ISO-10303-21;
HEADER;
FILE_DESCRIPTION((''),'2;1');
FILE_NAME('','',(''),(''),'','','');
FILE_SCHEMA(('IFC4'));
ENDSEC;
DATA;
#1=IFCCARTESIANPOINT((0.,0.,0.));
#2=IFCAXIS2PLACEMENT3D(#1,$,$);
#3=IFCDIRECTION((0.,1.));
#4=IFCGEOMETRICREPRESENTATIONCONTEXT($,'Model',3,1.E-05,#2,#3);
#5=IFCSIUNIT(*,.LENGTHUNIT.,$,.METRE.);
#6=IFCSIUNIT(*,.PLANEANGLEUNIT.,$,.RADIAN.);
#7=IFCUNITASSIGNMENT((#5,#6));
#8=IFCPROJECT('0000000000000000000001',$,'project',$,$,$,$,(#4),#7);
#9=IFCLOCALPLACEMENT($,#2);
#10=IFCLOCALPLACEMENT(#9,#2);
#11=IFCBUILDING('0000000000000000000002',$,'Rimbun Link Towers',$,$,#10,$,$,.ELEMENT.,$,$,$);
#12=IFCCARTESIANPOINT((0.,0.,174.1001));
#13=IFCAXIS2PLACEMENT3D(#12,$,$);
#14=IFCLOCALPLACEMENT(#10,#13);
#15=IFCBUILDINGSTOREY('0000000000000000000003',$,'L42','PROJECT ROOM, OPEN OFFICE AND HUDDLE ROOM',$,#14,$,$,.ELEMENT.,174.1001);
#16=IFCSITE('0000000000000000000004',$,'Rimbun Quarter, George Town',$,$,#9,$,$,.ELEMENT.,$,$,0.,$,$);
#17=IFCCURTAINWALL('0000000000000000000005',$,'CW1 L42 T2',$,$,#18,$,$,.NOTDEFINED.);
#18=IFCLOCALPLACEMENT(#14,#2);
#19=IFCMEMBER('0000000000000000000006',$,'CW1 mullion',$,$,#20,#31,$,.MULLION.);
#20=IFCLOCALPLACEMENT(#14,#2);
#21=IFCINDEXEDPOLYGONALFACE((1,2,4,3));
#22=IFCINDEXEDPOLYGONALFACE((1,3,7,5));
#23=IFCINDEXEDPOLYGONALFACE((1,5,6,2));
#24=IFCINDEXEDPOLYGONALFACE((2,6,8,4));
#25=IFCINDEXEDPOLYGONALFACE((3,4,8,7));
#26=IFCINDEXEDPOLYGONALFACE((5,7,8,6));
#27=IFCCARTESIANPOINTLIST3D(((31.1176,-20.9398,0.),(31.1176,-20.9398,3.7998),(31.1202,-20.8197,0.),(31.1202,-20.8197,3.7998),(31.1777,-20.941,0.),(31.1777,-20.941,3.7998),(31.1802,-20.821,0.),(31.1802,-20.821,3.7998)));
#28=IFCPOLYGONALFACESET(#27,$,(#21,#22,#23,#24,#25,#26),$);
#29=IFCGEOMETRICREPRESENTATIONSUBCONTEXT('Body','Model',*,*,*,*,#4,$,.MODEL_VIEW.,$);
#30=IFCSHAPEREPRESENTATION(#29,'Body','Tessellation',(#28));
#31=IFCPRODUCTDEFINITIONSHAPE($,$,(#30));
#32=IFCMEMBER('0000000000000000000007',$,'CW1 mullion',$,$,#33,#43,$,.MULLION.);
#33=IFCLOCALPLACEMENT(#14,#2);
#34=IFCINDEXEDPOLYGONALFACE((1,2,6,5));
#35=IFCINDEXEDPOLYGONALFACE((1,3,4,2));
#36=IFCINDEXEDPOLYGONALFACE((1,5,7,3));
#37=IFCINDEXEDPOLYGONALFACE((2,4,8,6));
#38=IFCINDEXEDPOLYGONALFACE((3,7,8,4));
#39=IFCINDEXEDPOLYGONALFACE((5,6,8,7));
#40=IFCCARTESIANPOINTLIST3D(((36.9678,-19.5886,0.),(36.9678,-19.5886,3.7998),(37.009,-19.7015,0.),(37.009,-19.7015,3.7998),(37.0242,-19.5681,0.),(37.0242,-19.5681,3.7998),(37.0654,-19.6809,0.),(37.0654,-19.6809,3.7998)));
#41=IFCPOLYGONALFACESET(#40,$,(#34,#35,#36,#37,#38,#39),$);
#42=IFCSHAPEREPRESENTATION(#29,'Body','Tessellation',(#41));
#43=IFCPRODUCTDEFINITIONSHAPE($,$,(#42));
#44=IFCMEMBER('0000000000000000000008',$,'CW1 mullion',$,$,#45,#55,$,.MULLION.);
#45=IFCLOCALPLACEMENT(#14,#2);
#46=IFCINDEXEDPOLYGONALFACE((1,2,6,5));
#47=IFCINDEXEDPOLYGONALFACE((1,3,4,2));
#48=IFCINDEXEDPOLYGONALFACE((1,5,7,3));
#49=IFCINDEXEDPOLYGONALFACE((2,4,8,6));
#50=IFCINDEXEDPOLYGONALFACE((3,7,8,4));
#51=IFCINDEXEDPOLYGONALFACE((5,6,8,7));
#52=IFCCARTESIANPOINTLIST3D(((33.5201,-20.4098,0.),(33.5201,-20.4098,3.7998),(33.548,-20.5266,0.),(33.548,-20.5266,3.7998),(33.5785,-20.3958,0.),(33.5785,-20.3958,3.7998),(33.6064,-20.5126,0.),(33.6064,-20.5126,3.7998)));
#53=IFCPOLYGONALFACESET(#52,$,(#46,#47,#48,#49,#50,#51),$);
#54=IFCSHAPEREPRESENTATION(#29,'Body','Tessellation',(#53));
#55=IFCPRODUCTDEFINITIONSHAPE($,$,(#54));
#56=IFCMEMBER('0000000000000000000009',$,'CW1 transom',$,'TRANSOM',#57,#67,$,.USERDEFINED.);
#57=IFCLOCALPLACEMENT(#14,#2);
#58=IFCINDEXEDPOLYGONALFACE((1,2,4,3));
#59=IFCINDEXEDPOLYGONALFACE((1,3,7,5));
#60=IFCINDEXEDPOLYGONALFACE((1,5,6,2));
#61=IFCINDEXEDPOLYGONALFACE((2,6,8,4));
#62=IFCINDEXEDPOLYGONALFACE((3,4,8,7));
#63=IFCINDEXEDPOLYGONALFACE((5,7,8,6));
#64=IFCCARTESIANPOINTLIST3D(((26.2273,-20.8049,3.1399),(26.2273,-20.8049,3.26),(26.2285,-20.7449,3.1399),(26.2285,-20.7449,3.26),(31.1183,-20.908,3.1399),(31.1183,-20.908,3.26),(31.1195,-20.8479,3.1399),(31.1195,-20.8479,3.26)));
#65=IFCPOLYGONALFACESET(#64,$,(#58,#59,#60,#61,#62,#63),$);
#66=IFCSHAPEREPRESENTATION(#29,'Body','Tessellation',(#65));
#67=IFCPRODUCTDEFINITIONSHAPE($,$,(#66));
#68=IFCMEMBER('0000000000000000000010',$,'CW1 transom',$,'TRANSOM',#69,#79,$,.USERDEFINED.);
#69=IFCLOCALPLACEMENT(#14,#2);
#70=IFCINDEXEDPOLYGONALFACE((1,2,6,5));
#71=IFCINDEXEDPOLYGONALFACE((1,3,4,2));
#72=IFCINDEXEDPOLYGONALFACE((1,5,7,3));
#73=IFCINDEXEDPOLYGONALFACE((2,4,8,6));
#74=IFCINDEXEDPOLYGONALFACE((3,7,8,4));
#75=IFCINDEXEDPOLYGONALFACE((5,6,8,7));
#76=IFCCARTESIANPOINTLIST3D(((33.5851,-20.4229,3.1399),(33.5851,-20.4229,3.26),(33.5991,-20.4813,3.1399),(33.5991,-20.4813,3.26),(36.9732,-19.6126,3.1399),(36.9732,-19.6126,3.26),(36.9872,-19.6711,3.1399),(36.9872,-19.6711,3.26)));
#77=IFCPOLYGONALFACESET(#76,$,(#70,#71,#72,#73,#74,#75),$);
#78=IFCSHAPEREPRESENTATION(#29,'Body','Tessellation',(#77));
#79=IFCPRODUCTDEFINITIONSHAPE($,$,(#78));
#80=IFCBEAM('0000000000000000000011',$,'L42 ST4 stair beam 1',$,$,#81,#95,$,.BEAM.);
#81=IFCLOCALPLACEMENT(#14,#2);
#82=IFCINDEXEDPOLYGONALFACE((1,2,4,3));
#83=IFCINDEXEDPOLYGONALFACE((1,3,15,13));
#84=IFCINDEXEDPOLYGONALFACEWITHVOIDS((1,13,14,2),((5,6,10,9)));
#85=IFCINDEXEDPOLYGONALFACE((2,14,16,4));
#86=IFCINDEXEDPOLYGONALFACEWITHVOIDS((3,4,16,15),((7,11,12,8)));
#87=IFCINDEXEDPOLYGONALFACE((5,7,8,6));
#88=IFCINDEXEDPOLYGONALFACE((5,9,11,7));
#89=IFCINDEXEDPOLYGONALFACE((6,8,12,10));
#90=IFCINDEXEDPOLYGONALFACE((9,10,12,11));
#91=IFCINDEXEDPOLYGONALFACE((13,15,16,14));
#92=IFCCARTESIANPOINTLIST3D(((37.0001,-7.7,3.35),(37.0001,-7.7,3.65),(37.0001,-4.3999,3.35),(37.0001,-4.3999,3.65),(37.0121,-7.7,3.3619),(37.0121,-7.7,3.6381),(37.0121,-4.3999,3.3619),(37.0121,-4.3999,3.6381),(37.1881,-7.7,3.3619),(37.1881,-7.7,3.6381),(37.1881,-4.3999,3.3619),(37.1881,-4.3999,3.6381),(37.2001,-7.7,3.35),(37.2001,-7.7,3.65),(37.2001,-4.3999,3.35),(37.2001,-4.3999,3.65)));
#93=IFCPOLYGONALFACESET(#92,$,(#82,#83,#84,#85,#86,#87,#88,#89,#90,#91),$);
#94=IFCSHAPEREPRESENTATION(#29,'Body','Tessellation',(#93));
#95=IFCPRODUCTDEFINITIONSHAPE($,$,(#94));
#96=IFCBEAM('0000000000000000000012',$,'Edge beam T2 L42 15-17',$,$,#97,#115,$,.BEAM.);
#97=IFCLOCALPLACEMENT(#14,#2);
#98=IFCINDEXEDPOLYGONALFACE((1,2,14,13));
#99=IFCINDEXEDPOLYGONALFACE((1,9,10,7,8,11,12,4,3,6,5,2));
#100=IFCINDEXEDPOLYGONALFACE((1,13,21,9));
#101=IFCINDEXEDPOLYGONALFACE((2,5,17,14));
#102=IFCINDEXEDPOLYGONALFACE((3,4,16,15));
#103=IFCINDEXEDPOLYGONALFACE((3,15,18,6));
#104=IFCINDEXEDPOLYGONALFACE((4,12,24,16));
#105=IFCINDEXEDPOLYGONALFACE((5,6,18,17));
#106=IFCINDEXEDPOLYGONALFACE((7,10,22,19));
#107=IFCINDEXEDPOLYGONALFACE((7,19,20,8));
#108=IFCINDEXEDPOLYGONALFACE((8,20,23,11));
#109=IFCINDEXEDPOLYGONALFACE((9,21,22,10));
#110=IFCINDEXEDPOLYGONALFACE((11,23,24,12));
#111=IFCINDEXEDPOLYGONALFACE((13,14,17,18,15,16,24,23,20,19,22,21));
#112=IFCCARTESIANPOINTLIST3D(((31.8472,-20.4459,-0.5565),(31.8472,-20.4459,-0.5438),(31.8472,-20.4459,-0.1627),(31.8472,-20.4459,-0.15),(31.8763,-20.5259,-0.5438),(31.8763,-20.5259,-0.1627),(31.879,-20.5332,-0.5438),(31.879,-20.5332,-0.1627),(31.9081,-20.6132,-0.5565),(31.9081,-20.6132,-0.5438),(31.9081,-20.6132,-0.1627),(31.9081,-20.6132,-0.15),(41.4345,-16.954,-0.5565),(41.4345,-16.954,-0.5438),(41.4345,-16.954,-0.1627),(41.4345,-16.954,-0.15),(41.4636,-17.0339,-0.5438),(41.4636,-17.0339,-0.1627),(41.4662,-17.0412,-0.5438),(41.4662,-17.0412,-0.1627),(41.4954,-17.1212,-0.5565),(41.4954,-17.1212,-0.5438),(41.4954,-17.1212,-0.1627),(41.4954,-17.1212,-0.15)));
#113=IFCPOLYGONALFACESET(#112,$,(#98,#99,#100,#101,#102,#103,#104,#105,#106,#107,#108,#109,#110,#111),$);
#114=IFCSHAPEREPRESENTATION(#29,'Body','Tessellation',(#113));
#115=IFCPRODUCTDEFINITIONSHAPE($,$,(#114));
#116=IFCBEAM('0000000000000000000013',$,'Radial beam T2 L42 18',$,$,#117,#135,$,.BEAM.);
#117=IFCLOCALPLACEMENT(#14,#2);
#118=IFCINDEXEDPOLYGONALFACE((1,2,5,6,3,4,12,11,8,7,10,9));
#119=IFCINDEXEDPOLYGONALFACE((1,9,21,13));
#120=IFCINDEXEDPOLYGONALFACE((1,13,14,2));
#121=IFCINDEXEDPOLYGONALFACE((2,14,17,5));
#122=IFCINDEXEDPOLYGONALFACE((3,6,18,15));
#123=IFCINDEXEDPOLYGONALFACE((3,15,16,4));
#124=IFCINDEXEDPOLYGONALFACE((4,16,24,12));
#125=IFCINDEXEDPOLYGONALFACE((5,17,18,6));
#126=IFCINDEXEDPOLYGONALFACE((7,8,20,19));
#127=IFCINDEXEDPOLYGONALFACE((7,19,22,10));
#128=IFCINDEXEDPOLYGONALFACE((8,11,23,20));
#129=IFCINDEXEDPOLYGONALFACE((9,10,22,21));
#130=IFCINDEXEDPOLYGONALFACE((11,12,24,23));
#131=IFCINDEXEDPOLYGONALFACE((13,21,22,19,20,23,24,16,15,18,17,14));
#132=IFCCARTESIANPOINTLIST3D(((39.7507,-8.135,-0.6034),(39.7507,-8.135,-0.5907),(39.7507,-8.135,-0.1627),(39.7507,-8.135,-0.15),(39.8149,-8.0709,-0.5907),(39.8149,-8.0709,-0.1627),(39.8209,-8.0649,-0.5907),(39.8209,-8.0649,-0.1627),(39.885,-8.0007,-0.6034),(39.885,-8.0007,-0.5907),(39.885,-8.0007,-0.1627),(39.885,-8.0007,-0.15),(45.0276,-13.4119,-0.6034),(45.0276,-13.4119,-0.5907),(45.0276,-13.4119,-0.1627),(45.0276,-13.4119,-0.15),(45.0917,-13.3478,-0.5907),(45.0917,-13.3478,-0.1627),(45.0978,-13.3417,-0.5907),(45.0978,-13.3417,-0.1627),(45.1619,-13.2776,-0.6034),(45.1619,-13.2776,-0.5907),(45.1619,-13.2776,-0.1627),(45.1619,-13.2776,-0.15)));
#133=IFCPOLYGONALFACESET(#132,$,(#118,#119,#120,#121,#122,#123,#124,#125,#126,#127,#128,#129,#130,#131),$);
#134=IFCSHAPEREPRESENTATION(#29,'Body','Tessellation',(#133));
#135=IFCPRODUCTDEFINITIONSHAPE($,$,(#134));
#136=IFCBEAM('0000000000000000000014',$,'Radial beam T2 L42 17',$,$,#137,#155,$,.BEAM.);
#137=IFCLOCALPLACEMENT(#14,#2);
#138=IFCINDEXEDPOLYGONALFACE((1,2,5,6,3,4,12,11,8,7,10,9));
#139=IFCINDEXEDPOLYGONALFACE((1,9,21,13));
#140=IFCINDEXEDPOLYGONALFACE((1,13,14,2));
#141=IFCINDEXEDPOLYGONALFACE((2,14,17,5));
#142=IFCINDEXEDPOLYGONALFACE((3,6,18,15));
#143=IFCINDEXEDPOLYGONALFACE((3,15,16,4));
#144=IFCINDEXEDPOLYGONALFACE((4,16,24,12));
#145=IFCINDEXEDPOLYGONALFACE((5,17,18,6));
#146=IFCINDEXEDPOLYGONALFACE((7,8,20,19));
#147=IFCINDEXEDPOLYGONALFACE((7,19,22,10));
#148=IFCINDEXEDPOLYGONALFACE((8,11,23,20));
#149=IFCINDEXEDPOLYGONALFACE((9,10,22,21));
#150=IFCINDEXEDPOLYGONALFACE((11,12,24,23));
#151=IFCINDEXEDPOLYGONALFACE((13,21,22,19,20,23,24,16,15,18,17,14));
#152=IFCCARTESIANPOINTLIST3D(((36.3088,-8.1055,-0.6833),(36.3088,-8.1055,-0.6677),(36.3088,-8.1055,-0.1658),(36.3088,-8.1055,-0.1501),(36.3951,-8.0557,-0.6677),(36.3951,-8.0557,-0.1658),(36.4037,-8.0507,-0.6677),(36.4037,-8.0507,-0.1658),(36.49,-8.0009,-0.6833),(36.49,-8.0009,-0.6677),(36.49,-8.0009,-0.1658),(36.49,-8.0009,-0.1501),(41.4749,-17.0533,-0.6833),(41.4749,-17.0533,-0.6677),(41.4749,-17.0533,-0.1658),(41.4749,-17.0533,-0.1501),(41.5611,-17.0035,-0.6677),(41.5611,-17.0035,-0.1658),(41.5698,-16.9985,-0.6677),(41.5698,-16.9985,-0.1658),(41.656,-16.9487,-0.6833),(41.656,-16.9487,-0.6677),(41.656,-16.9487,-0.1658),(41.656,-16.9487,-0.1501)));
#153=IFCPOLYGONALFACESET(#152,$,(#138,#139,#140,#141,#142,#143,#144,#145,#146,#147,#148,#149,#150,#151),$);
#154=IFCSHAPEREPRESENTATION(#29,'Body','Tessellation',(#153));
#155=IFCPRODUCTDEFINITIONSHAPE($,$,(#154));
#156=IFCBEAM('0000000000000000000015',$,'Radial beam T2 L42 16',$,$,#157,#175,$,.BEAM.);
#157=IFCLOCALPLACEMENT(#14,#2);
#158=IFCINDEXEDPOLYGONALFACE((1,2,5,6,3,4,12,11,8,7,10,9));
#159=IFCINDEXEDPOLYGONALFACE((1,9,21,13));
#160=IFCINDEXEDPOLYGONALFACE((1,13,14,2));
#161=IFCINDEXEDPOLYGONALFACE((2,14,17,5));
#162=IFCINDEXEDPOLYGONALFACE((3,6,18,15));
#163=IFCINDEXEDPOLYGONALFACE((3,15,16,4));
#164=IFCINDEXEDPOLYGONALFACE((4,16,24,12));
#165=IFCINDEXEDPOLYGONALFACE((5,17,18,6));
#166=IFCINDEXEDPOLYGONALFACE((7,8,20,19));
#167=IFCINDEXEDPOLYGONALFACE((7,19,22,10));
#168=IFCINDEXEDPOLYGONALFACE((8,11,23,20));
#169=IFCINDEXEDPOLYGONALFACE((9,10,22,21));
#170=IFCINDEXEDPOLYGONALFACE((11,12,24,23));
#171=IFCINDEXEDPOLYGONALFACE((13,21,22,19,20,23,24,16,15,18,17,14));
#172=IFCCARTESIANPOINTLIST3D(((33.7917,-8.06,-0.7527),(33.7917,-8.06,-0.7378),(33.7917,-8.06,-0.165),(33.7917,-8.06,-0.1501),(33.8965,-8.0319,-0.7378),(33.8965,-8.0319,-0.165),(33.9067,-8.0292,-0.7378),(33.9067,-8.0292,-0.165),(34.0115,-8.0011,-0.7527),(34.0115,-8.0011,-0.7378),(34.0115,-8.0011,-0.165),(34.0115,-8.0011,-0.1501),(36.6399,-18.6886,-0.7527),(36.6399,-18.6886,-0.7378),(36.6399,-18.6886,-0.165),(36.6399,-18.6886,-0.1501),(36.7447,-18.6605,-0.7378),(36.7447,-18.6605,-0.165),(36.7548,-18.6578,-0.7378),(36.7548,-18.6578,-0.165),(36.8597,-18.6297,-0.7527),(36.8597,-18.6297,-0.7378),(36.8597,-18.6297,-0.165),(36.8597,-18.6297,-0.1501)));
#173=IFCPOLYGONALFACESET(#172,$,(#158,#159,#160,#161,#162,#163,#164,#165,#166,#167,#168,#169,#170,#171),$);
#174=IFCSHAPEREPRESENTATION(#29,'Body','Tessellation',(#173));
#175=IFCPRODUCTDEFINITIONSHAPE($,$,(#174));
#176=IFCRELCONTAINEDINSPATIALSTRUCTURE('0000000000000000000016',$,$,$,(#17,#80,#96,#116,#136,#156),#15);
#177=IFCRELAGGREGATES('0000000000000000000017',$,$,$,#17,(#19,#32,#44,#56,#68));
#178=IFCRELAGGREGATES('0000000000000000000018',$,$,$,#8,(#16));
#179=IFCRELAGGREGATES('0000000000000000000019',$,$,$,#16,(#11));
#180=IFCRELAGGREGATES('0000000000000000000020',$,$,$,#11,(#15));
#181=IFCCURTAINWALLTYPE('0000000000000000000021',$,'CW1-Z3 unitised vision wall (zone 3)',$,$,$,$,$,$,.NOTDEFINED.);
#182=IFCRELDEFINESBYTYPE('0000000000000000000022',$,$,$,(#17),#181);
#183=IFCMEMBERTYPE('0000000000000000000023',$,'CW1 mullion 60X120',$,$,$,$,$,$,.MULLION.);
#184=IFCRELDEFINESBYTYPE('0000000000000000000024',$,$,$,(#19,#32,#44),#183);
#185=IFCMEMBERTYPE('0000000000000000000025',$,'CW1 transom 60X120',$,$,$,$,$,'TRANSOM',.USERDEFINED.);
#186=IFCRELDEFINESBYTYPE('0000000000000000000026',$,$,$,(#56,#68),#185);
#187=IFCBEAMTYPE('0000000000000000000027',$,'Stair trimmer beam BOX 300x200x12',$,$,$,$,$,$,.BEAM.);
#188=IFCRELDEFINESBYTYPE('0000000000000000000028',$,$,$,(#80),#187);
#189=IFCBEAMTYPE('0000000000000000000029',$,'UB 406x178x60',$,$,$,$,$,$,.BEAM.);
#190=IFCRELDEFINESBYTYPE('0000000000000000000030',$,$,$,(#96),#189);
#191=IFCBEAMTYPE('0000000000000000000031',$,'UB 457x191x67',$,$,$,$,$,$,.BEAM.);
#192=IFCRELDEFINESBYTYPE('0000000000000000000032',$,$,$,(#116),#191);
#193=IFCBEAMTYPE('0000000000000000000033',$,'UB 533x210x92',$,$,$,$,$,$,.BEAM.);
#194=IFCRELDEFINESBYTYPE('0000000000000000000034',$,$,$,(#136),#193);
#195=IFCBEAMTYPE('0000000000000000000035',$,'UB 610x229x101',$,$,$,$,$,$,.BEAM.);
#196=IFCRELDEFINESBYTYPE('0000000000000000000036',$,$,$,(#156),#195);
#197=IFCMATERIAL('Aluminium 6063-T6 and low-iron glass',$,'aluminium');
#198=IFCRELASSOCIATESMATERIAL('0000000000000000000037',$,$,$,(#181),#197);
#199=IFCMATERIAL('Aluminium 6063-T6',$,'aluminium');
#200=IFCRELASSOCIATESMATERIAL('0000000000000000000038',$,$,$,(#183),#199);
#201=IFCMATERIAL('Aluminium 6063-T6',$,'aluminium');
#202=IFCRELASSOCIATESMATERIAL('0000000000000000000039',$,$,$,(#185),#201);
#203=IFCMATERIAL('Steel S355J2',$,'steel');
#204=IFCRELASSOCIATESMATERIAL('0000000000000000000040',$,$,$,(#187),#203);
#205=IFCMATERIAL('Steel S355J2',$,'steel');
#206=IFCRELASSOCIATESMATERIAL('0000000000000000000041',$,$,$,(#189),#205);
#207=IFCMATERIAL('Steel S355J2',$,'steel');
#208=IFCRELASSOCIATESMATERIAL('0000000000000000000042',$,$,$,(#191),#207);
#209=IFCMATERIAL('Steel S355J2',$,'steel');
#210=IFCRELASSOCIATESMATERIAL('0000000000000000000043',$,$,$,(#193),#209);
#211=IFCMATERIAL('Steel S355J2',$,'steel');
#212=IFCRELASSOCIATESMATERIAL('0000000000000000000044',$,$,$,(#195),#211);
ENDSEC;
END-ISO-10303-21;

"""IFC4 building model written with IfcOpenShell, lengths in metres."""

from ifc_helpers import new_model, si_unit, direction, frame, origin, origin_2d, place, context, subcontext, project, spatial, rectangle, hollow_rectangle, i_section, extrude, material, material_profile, profile_set, type_object, element, aggregate, save


model = new_model("IFC4")

# Units and contexts
model_context = context("Model", 3, precision=1e-05, world=origin(), true_north=direction((0.0, 1.0)))
body_context = subcontext(model_context, "Body", "Model", "MODEL_VIEW")
ifc_project = project(units=[si_unit("LENGTHUNIT", "METRE"), si_unit("PLANEANGLEUNIT", "RADIAN")], contexts=[model_context])

# Site, building, storey
site_placement = place(None, origin())
site = spatial("IfcSite", under=ifc_project, at=site_placement, Name="Rimbun Quarter, George Town", CompositionType="ELEMENT", RefElevation=0.0)
building_placement = place(site_placement, origin())
building = spatial("IfcBuilding", under=site, at=building_placement, Name="Rimbun Link Towers", CompositionType="ELEMENT")
storey_placement = place(building_placement, frame((0.0, 0.0, 174.1001)))
storey = spatial("IfcBuildingStorey", under=building, at=storey_placement, Name="L42", Description="PROJECT ROOM, OPEN OFFICE AND HUDDLE ROOM", CompositionType="ELEMENT", Elevation=174.1001)

# Curtain wall, members
ifc_material_1 = material(Name="Aluminium 6063-T6 and low-iron glass", Category="aluminium")
curtain_wall_type = type_object("IfcCurtainWallType", Name="CW1-Z3 unitised vision wall (zone 3)", PredefinedType="NOTDEFINED", material=ifc_material_1)
curtain_wall_placement = place(storey_placement, origin())
curtain_wall = element("IfcCurtainWall", 1, at=curtain_wall_placement, inside=storey, type_object=curtain_wall_type, Name="CW1 L42 T2", PredefinedType="NOTDEFINED")
ifc_material_2 = material(Name="Aluminium 6063-T6", Category="aluminium")
ifc_material_profile_1 = material_profile(ifc_material_2, rectangle(XDim=0.1201, YDim=0.0601, at=origin_2d()), Name="MULLION 60X120")
ifc_profile_set_1 = profile_set([ifc_material_profile_1], Name="Aluminium 6063-T6")
member_type_1 = type_object("IfcMemberType", Name="CW1 mullion 60X120", PredefinedType="MULLION", material=ifc_profile_set_1)
member_1_placement = place(storey_placement, frame((31.1489, -20.8804, 0.0), z_axis=(0.0, 0.0, 1.0), x_axis=(-0.021055, -0.999778, 0.0)))
member_1 = element("IfcMember", 2, at=member_1_placement, type_object=member_type_1, Name="CW1 mullion", PredefinedType="MULLION", context=body_context, shape_type="SweptSolid", body=[
    extrude(rectangle(XDim=0.1201, YDim=0.0601, at=origin_2d()), origin(), (0.0, 0.0, 1.0), 3.7998),
])
member_2_placement = place(storey_placement, frame((37.0166, -19.6348, 0.0), z_axis=(0.0, 0.0, 1.0), x_axis=(0.342962, -0.939349, 0.0)))
member_2 = element("IfcMember", 3, at=member_2_placement, type_object=member_type_1, Name="CW1 mullion", PredefinedType="MULLION", context=body_context, shape_type="SweptSolid", body=[
    extrude(rectangle(XDim=0.1201, YDim=0.0601, at=origin_2d()), origin(), (0.0, 0.0, 1.0), 3.7998),
])
member_3_placement = place(storey_placement, frame((33.5632, -20.4612, 0.0), z_axis=(0.0, 0.0, 1.0), x_axis=(0.232595, -0.972574, 0.0)))
member_3 = element("IfcMember", 4, at=member_3_placement, type_object=member_type_1, Name="CW1 mullion", PredefinedType="MULLION", context=body_context, shape_type="SweptSolid", body=[
    extrude(rectangle(XDim=0.1201, YDim=0.0601, at=origin_2d()), origin(), (0.0, 0.0, 1.0), 3.7998),
])
ifc_material_3 = material(Name="Aluminium 6063-T6", Category="aluminium")
ifc_material_profile_2 = material_profile(ifc_material_3, rectangle(XDim=0.0601, YDim=0.1201, at=origin_2d()), Name="TRANSOM 60X120")
ifc_profile_set_2 = profile_set([ifc_material_profile_2], Name="Aluminium 6063-T6")
member_type_2 = type_object("IfcMemberType", Name="CW1 transom 60X120", ElementType="TRANSOM", PredefinedType="USERDEFINED", material=ifc_profile_set_2)
member_4_placement = place(storey_placement, frame((31.1189, -20.8779, 3.2), z_axis=(-0.999778, 0.02106, 0.0), x_axis=(-0.02106, -0.999778, 0.0)))
member_4 = element("IfcMember", 5, at=member_4_placement, type_object=member_type_2, Name="CW1 transom", ObjectType="TRANSOM", PredefinedType="USERDEFINED", context=body_context, shape_type="SweptSolid", body=[
    extrude(rectangle(XDim=0.0601, YDim=0.1201, at=origin_2d()), origin(), (0.0, 0.0, 1.0), 4.8921),
])
member_5_placement = place(storey_placement, frame((36.9802, -19.6418, 3.2), z_axis=(-0.972573, -0.232596, 0.0), x_axis=(0.232596, -0.972573, 0.0)))
member_5 = element("IfcMember", 6, at=member_5_placement, type_object=member_type_2, Name="CW1 transom", ObjectType="TRANSOM", PredefinedType="USERDEFINED", context=body_context, shape_type="SweptSolid", body=[
    extrude(rectangle(XDim=0.0601, YDim=0.1201, at=origin_2d()), origin(), (0.0, 0.0, 1.0), 3.4836),
])

# Beams
ifc_material_4 = material(Name="Steel S355J2", Category="steel")
ifc_material_profile_3 = material_profile(ifc_material_4, hollow_rectangle(XDim=0.2, YDim=0.3, WallThickness=0.012, at=origin_2d()), Name="BOX 300x200x12")
ifc_profile_set_3 = profile_set([ifc_material_profile_3], Name="Steel S355J2")
beam_type_1 = type_object("IfcBeamType", Name="Stair trimmer beam BOX 300x200x12", PredefinedType="BEAM", material=ifc_profile_set_3)
beam_1_placement = place(storey_placement, frame((37.1001, -7.7, 3.5), z_axis=(0.0, 1.0, 0.0), x_axis=(-1.0, 0.0, 0.0)))
element("IfcBeam", 7, at=beam_1_placement, inside=storey, type_object=beam_type_1, Name="L42 ST4 stair beam 1", PredefinedType="BEAM", context=body_context, shape_type="SweptSolid", body=[
    extrude(hollow_rectangle(XDim=0.2, YDim=0.3, WallThickness=0.012, at=origin_2d()), origin(), (0.0, 0.0, 1.0), 3.3),
])
ifc_material_5 = material(Name="Steel S355J2", Category="steel")
ifc_material_profile_4 = material_profile(ifc_material_5, i_section(OverallWidth=0.178, OverallDepth=0.4065, WebThickness=0.0078, FlangeThickness=0.0127, at=origin_2d()), Name="UB 406x178x60")
ifc_profile_set_4 = profile_set([ifc_material_profile_4], Name="Steel S355J2")
beam_type_2 = type_object("IfcBeamType", Name="UB 406x178x60", PredefinedType="BEAM", material=ifc_profile_set_4)
beam_2_placement = place(storey_placement, frame((31.8777, -20.5295, -0.3533), z_axis=(0.939614, 0.342237, 0.0), x_axis=(-0.342237, 0.939614, 0.0)))
element("IfcBeam", 8, at=beam_2_placement, inside=storey, type_object=beam_type_2, Name="Edge beam T2 L42 15-17", PredefinedType="BEAM", context=body_context, shape_type="SweptSolid", body=[
    extrude(i_section(OverallWidth=0.178, OverallDepth=0.4065, WebThickness=0.0078, FlangeThickness=0.0127, at=origin_2d()), origin(), (0.0, 0.0, 1.0), 10.2034),
])
ifc_material_6 = material(Name="Steel S355J2", Category="steel")
ifc_material_profile_5 = material_profile(ifc_material_6, i_section(OverallWidth=0.1899, OverallDepth=0.4534, WebThickness=0.0085, FlangeThickness=0.0127, at=origin_2d()), Name="UB 457x191x67")
ifc_profile_set_5 = profile_set([ifc_material_profile_5], Name="Steel S355J2")
beam_type_3 = type_object("IfcBeamType", Name="UB 457x191x67", PredefinedType="BEAM", material=ifc_profile_set_5)
beam_3_placement = place(storey_placement, frame((39.8179, -8.0679, -0.3767), z_axis=(0.707107, -0.707107, 0.0), x_axis=(0.707107, 0.707107, 0.0)))
element("IfcBeam", 9, at=beam_3_placement, inside=storey, type_object=beam_type_3, Name="Radial beam T2 L42 18", PredefinedType="BEAM", context=body_context, shape_type="SweptSolid", body=[
    extrude(i_section(OverallWidth=0.1899, OverallDepth=0.4534, WebThickness=0.0085, FlangeThickness=0.0127, at=origin_2d()), origin(), (0.0, 0.0, 1.0), 7.4626),
])
ifc_material_7 = material(Name="Steel S355J2", Category="steel")
ifc_material_profile_6 = material_profile(ifc_material_7, i_section(OverallWidth=0.2092, OverallDepth=0.5332, WebThickness=0.01, FlangeThickness=0.0156, at=origin_2d()), Name="UB 533x210x92")
ifc_profile_set_6 = profile_set([ifc_material_profile_6], Name="Steel S355J2")
beam_type_4 = type_object("IfcBeamType", Name="UB 533x210x92", PredefinedType="BEAM", material=ifc_profile_set_6)
beam_4_placement = place(storey_placement, frame((36.3994, -8.0532, -0.4167), z_axis=(0.500002, -0.866024, 0.0), x_axis=(0.866024, 0.500002, 0.0)))
element("IfcBeam", 10, at=beam_4_placement, inside=storey, type_object=beam_type_4, Name="Radial beam T2 L42 17", PredefinedType="BEAM", context=body_context, shape_type="SweptSolid", body=[
    extrude(i_section(OverallWidth=0.2092, OverallDepth=0.5332, WebThickness=0.01, FlangeThickness=0.0156, at=origin_2d()), origin(), (0.0, 0.0, 1.0), 10.332),
])
ifc_material_8 = material(Name="Steel S355J2", Category="steel")
ifc_material_profile_7 = material_profile(ifc_material_8, i_section(OverallWidth=0.2275, OverallDepth=0.6025, WebThickness=0.0105, FlangeThickness=0.0149, at=origin_2d()), Name="UB 610x229x101")
ifc_profile_set_7 = profile_set([ifc_material_profile_7], Name="Steel S355J2")
beam_type_5 = type_object("IfcBeamType", Name="UB 610x229x101", PredefinedType="BEAM", material=ifc_profile_set_7)
beam_5_placement = place(storey_placement, frame((33.9016, -8.0305, -0.4514), z_axis=(0.258836, -0.965921, 0.0), x_axis=(0.965921, 0.258836, 0.0)))
element("IfcBeam", 11, at=beam_5_placement, inside=storey, type_object=beam_type_5, Name="Radial beam T2 L42 16", PredefinedType="BEAM", context=body_context, shape_type="SweptSolid", body=[
    extrude(i_section(OverallWidth=0.2275, OverallDepth=0.6025, WebThickness=0.0105, FlangeThickness=0.0149, at=origin_2d()), origin(), (0.0, 0.0, 1.0), 11.0037),
])

aggregate(curtain_wall, [member_1, member_2, member_3, member_4, member_5])

save(model, "model.ifc")
